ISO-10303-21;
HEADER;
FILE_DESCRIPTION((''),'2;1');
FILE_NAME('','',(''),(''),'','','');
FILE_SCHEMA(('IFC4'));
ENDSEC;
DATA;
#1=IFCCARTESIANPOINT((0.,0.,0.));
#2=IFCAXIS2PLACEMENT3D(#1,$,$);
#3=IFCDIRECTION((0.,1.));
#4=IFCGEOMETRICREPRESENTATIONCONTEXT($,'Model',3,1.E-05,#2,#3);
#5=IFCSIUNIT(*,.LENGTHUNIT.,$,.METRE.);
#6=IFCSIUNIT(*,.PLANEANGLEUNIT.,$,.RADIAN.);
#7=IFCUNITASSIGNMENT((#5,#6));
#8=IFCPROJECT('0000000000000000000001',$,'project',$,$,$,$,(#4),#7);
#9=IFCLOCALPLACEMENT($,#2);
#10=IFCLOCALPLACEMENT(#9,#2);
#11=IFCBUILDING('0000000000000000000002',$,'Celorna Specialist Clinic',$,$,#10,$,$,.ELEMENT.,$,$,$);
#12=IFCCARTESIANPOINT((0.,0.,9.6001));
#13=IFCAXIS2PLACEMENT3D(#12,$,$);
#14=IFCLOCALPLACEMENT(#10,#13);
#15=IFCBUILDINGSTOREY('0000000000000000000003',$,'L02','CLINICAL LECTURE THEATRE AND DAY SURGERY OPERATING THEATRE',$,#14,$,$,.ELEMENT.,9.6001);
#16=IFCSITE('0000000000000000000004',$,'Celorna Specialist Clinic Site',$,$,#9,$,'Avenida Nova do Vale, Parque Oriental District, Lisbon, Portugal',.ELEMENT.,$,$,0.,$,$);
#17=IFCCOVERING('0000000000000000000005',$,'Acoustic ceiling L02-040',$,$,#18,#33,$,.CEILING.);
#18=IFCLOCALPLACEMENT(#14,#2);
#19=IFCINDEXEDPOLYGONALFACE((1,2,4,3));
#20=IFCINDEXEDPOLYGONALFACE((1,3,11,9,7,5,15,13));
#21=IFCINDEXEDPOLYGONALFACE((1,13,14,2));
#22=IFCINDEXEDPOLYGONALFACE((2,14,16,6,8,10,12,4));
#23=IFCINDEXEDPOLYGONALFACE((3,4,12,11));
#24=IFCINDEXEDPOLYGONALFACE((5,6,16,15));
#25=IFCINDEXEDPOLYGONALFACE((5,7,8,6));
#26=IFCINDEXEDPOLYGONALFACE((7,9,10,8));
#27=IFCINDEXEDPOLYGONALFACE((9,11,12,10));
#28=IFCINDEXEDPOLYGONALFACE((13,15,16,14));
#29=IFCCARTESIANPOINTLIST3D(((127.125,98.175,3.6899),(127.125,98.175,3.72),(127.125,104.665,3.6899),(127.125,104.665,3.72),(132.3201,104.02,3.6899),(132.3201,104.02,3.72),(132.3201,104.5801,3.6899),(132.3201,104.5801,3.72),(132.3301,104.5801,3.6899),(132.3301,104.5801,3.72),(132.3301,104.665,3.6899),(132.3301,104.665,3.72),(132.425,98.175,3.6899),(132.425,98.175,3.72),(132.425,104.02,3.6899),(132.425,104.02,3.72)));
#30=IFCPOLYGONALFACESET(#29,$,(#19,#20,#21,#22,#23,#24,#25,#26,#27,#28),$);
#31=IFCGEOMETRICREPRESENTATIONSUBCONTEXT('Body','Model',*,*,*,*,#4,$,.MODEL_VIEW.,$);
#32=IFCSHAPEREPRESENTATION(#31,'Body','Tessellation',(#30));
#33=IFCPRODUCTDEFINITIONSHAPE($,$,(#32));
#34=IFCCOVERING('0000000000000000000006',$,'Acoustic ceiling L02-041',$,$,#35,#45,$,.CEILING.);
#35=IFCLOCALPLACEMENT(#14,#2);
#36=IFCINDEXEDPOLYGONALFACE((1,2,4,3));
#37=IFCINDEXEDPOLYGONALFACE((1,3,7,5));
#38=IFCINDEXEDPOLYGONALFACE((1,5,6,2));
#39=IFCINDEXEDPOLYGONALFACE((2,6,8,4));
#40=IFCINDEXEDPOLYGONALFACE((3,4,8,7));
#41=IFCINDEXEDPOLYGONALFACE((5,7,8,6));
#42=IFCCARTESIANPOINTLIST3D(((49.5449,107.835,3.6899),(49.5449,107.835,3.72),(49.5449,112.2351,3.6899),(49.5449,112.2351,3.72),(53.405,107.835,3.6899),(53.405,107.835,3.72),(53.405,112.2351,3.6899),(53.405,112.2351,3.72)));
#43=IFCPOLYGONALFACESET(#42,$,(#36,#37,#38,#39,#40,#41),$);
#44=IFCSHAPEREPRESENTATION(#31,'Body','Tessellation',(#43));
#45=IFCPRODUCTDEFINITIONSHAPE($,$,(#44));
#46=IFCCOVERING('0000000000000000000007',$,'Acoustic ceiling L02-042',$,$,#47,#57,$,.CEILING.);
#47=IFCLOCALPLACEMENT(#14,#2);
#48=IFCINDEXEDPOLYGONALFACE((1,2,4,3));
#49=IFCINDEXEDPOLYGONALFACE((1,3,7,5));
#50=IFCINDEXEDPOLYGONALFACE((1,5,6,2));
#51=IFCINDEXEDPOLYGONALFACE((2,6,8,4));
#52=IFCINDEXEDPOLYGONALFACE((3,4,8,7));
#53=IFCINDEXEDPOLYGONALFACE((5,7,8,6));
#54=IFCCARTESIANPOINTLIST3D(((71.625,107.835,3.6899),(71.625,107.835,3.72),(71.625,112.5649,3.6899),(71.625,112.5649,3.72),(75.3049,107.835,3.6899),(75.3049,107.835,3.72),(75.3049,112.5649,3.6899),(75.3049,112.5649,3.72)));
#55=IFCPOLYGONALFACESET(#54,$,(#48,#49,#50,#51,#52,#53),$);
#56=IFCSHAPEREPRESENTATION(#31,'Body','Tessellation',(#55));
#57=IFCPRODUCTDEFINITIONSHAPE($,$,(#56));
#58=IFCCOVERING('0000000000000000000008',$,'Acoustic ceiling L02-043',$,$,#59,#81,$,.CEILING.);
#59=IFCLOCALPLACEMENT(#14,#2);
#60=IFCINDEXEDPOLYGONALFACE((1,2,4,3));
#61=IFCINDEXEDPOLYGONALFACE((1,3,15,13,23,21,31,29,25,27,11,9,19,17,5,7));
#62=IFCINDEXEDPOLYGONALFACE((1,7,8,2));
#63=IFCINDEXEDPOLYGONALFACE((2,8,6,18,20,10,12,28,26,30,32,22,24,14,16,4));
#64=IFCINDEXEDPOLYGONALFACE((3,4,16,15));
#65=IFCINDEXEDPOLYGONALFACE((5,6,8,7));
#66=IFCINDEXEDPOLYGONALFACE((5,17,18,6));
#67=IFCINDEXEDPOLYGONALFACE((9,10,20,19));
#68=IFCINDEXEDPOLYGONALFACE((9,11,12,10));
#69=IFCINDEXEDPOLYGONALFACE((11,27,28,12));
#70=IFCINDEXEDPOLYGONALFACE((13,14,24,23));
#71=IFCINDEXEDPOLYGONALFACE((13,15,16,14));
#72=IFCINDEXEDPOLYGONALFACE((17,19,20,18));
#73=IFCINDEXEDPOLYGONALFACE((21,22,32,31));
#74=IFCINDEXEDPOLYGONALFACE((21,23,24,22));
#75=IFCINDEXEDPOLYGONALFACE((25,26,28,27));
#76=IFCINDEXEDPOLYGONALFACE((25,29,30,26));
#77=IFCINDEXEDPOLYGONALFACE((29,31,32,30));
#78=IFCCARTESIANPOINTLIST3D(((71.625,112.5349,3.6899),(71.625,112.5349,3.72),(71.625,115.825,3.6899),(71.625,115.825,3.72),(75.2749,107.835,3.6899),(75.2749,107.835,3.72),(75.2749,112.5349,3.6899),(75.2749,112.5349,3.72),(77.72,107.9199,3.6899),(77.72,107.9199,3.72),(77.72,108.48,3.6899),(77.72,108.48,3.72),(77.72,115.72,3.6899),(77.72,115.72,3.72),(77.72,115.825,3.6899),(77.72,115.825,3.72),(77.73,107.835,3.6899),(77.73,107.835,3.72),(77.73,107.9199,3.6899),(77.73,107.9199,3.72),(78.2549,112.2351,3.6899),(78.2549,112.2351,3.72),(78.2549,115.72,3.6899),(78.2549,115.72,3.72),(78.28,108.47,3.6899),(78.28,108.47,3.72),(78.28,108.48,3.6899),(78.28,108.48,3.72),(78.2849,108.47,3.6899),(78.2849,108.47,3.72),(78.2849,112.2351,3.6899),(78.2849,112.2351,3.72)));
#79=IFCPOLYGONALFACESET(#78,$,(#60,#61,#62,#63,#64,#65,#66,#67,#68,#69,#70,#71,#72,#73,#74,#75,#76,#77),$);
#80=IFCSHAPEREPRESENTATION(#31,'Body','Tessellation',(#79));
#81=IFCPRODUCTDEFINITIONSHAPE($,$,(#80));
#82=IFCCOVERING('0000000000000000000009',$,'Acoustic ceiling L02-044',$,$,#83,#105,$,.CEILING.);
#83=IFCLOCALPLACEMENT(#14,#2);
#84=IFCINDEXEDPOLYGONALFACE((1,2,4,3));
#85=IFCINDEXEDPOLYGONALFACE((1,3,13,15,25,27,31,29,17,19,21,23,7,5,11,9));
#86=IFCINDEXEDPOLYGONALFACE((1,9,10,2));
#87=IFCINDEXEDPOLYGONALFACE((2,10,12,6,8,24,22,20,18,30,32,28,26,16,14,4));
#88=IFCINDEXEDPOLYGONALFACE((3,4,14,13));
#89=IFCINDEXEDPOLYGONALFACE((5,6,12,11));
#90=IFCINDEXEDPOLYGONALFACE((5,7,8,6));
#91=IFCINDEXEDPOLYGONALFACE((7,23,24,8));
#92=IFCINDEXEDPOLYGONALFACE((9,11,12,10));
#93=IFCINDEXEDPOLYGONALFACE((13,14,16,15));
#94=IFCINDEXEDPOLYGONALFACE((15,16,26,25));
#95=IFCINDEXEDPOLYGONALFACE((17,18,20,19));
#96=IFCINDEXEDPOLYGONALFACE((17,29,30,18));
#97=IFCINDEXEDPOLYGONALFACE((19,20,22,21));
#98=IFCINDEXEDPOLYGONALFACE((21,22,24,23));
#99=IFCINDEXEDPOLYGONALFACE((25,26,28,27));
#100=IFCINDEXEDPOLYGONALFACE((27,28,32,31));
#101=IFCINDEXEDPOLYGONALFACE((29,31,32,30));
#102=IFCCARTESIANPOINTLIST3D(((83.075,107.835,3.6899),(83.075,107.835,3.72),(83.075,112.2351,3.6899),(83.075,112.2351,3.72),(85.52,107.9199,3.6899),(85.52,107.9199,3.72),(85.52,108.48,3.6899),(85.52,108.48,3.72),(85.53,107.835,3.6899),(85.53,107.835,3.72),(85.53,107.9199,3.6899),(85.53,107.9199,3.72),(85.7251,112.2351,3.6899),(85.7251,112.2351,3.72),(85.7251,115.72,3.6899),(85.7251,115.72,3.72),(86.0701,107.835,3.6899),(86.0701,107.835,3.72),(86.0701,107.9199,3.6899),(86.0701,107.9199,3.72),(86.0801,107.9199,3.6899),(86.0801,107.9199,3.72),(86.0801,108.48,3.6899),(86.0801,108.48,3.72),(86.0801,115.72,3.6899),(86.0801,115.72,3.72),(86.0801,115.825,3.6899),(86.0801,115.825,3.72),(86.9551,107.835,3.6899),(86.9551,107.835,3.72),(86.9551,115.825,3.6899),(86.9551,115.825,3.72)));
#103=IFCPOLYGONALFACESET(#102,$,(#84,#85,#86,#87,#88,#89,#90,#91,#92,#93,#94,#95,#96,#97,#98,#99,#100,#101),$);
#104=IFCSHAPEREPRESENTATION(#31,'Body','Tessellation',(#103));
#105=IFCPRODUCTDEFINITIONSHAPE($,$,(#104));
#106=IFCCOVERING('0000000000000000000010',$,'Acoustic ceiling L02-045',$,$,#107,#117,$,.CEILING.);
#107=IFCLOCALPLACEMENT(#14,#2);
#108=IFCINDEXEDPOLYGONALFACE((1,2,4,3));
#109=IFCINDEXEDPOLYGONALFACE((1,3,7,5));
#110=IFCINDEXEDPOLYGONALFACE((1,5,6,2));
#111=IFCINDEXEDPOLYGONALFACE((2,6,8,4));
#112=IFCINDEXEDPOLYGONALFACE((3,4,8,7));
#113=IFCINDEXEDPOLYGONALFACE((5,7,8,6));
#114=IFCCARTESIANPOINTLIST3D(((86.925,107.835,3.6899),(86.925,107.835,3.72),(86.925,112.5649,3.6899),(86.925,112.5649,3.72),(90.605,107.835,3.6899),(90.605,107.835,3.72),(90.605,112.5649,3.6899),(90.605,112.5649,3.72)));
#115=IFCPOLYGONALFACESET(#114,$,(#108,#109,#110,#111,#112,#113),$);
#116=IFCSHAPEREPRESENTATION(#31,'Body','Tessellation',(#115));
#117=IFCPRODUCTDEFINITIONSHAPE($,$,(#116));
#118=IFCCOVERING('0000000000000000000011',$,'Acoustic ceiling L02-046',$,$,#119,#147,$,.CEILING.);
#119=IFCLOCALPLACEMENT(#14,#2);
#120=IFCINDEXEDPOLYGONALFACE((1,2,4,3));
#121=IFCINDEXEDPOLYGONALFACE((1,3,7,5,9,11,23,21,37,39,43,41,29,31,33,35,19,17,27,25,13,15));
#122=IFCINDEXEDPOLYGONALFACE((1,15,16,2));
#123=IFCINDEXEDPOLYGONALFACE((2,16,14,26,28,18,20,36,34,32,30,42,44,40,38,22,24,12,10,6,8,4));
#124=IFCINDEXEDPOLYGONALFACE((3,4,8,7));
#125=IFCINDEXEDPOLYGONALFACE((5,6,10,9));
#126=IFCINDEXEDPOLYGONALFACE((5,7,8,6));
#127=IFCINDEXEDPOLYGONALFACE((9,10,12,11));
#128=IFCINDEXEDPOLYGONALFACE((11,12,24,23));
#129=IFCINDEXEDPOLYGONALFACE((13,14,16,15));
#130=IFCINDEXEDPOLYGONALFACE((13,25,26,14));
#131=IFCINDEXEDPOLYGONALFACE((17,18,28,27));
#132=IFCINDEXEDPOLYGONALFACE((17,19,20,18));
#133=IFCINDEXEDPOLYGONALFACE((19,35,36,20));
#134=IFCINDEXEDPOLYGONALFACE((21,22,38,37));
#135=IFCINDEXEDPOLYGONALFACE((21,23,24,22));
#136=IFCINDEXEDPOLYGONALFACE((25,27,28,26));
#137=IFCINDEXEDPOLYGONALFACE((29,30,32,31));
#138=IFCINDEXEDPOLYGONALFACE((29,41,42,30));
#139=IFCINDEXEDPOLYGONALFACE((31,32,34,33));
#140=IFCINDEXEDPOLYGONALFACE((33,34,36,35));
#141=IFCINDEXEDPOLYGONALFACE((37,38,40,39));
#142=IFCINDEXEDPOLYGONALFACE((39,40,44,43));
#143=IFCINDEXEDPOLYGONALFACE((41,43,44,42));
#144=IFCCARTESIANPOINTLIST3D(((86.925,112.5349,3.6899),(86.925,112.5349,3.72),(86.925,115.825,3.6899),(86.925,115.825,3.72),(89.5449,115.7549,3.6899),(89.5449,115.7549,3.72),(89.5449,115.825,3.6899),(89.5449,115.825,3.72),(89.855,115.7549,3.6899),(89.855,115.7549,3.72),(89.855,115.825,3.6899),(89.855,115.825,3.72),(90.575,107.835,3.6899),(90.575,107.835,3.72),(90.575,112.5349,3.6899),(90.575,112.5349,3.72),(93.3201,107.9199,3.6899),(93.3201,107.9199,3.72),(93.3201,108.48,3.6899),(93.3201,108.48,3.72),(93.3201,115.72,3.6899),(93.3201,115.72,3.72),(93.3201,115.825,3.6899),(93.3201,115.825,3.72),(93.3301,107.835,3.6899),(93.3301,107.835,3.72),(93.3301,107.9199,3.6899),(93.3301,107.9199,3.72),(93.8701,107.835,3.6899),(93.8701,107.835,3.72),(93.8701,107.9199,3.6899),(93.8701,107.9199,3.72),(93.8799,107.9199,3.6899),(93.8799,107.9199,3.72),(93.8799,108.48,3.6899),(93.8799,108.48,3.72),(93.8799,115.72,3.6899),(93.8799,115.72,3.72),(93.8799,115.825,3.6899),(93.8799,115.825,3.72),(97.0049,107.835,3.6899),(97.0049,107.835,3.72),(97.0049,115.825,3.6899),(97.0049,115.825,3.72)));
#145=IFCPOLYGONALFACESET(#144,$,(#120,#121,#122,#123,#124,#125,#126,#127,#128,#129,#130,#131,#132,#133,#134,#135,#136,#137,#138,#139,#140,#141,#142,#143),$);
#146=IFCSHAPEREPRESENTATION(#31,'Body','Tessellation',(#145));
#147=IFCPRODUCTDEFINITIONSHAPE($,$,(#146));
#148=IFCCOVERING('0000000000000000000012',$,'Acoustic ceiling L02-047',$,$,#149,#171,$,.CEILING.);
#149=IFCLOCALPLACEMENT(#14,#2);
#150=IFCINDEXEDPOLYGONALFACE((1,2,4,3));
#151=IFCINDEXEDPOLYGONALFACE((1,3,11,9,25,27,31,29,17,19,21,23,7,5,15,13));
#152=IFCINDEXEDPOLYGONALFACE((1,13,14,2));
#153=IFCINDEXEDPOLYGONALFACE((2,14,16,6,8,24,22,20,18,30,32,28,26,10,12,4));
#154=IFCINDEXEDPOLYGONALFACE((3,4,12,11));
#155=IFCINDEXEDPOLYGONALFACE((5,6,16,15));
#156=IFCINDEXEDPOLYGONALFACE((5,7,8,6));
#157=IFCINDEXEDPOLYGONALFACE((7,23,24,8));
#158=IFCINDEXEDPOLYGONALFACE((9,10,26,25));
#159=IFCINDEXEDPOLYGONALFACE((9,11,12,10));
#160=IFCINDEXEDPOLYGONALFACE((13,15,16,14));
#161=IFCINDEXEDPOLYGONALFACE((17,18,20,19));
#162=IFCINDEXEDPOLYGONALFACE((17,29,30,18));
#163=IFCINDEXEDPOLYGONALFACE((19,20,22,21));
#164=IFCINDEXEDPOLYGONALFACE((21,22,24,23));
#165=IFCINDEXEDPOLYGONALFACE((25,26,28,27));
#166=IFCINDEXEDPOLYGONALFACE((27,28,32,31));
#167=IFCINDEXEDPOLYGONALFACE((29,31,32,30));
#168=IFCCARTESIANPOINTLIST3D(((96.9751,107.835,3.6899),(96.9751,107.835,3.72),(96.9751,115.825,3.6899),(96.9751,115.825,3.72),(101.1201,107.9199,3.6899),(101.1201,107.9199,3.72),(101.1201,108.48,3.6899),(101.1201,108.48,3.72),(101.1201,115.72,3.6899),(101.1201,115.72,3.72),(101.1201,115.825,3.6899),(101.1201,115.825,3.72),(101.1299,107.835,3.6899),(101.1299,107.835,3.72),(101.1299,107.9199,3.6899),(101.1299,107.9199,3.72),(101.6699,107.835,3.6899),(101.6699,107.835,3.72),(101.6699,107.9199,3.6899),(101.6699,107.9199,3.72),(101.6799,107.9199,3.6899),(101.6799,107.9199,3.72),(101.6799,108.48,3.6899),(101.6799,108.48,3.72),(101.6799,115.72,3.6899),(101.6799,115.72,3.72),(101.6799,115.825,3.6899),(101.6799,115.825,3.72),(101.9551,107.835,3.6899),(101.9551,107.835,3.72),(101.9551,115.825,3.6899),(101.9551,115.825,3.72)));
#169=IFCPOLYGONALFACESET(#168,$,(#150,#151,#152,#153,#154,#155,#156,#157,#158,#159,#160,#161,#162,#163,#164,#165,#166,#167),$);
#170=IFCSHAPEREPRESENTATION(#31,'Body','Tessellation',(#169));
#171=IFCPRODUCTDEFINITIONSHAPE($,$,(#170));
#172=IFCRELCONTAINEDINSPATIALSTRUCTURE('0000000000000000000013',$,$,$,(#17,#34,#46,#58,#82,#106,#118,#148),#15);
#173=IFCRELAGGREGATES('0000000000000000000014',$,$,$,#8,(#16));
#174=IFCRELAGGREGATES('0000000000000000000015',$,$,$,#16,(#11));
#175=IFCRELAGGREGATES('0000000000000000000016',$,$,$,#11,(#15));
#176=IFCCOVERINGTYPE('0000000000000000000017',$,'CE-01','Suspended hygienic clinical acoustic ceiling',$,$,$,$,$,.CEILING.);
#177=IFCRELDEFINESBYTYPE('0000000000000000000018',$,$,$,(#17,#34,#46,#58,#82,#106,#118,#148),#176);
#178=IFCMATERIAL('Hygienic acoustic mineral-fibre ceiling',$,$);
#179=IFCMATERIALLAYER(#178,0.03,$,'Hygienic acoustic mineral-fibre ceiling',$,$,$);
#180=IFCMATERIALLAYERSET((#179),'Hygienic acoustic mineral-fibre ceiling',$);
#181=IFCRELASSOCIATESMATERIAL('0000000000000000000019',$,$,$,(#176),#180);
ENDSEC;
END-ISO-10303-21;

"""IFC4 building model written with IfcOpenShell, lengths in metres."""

from ifc_helpers import new_model, si_unit, direction, frame, origin, place, context, subcontext, project, spatial, polyline, outline, extrude, material, layer, layer_set, type_object, element, save


model = new_model("IFC4")

# Units and contexts
model_context = context("Model", 3, precision=1e-05, world=origin(), true_north=direction((0.0, 1.0)))
body_context = subcontext(model_context, "Body", "Model", "MODEL_VIEW")
ifc_project = project(units=[si_unit("LENGTHUNIT", "METRE"), si_unit("PLANEANGLEUNIT", "RADIAN")], contexts=[model_context])

# Site, building, storey
site_placement = place(None, origin())
site = spatial("IfcSite", under=ifc_project, at=site_placement, Name="Celorna Specialist Clinic Site", LongName="Avenida Nova do Vale, Parque Oriental District, Lisbon, Portugal", CompositionType="ELEMENT", RefElevation=0.0)
building_placement = place(site_placement, origin())
building = spatial("IfcBuilding", under=site, at=building_placement, Name="Celorna Specialist Clinic", CompositionType="ELEMENT")
storey_placement = place(building_placement, frame((0.0, 0.0, 9.6001)))
storey = spatial("IfcBuildingStorey", under=building, at=storey_placement, Name="L02", Description="CLINICAL LECTURE THEATRE AND DAY SURGERY OPERATING THEATRE", CompositionType="ELEMENT", Elevation=9.6001)

# Coverings
ifc_material_1 = material(Name="Hygienic acoustic mineral-fibre ceiling")
ifc_layer_1 = layer(ifc_material_1, 0.03, Name="Hygienic acoustic mineral-fibre ceiling")
ifc_layer_set_1 = layer_set([ifc_layer_1], Name="Hygienic acoustic mineral-fibre ceiling")
covering_type_1 = type_object("IfcCoveringType", Name="CE-01", Description="Suspended hygienic clinical acoustic ceiling", PredefinedType="CEILING", material=ifc_layer_set_1)
covering_1_placement = place(storey_placement, frame((0.0, 0.0, 3.6899)))
element("IfcCovering", 1, at=covering_1_placement, inside=storey, type_object=covering_type_1, Name="Acoustic ceiling L02-040", PredefinedType="CEILING", context=body_context, shape_type="SweptSolid", body=[
    extrude(outline(polyline([(132.3301, 104.665), (132.3301, 104.5801), (132.3201, 104.5801), (132.3201, 104.02), (132.425, 104.02), (132.425, 98.175), (127.125, 98.175), (127.125, 104.665), (132.3301, 104.665)])), origin(), (0.0, 0.0, 1.0), 0.03),
])
covering_2_placement = place(storey_placement, frame((0.0, 0.0, 3.6899)))
element("IfcCovering", 2, at=covering_2_placement, inside=storey, type_object=covering_type_1, Name="Acoustic ceiling L02-041", PredefinedType="CEILING", context=body_context, shape_type="SweptSolid", body=[
    extrude(outline(polyline([(49.5449, 112.2351), (53.405, 112.2351), (53.405, 107.835), (49.5449, 107.835), (49.5449, 112.2351)])), origin(), (0.0, 0.0, 1.0), 0.03),
])
covering_3_placement = place(storey_placement, frame((0.0, 0.0, 3.6899)))
element("IfcCovering", 3, at=covering_3_placement, inside=storey, type_object=covering_type_1, Name="Acoustic ceiling L02-042", PredefinedType="CEILING", context=body_context, shape_type="SweptSolid", body=[
    extrude(outline(polyline([(75.3049, 112.5649), (75.3049, 107.835), (71.625, 107.835), (71.625, 112.5649), (75.3049, 112.5649)])), origin(), (0.0, 0.0, 1.0), 0.03),
])
covering_4_placement = place(storey_placement, frame((0.0, 0.0, 3.6899)))
element("IfcCovering", 4, at=covering_4_placement, inside=storey, type_object=covering_type_1, Name="Acoustic ceiling L02-043", PredefinedType="CEILING", context=body_context, shape_type="SweptSolid", body=[
    extrude(outline(polyline([(71.625, 112.5349), (71.625, 115.825), (77.72, 115.825), (77.72, 115.72), (78.2549, 115.72), (78.2549, 112.2351), (78.2849, 112.2351), (78.2849, 108.47), (78.28, 108.47), (78.28, 108.48), (77.72, 108.48), (77.72, 107.9199), (77.73, 107.9199), (77.73, 107.835), (75.2749, 107.835), (75.2749, 112.5349), (71.625, 112.5349)])), origin(), (0.0, 0.0, 1.0), 0.03),
])
covering_5_placement = place(storey_placement, frame((0.0, 0.0, 3.6899)))
element("IfcCovering", 5, at=covering_5_placement, inside=storey, type_object=covering_type_1, Name="Acoustic ceiling L02-044", PredefinedType="CEILING", context=body_context, shape_type="SweptSolid", body=[
    extrude(outline(polyline([(83.075, 107.835), (83.075, 112.2351), (85.7251, 112.2351), (85.7251, 115.72), (86.0801, 115.72), (86.0801, 115.825), (86.9551, 115.825), (86.9551, 107.835), (86.0701, 107.835), (86.0701, 107.9199), (86.0801, 107.9199), (86.0801, 108.48), (85.52, 108.48), (85.52, 107.9199), (85.53, 107.9199), (85.53, 107.835), (83.075, 107.835)])), origin(), (0.0, 0.0, 1.0), 0.03),
])
covering_6_placement = place(storey_placement, frame((0.0, 0.0, 3.6899)))
element("IfcCovering", 6, at=covering_6_placement, inside=storey, type_object=covering_type_1, Name="Acoustic ceiling L02-045", PredefinedType="CEILING", context=body_context, shape_type="SweptSolid", body=[
    extrude(outline(polyline([(90.605, 112.5649), (90.605, 107.835), (86.925, 107.835), (86.925, 112.5649), (90.605, 112.5649)])), origin(), (0.0, 0.0, 1.0), 0.03),
])
covering_7_placement = place(storey_placement, frame((0.0, 0.0, 3.6899)))
element("IfcCovering", 7, at=covering_7_placement, inside=storey, type_object=covering_type_1, Name="Acoustic ceiling L02-046", PredefinedType="CEILING", context=body_context, shape_type="SweptSolid", body=[
    extrude(outline(polyline([(93.3201, 115.825), (93.3201, 115.72), (93.8799, 115.72), (93.8799, 115.825), (97.0049, 115.825), (97.0049, 107.835), (93.8701, 107.835), (93.8701, 107.9199), (93.8799, 107.9199), (93.8799, 108.48), (93.3201, 108.48), (93.3201, 107.9199), (93.3301, 107.9199), (93.3301, 107.835), (90.575, 107.835), (90.575, 112.5349), (86.925, 112.5349), (86.925, 115.825), (89.5449, 115.825), (89.5449, 115.7549), (89.855, 115.7549), (89.855, 115.825), (93.3201, 115.825)])), origin(), (0.0, 0.0, 1.0), 0.03),
])
covering_8_placement = place(storey_placement, frame((0.0, 0.0, 3.6899)))
element("IfcCovering", 8, at=covering_8_placement, inside=storey, type_object=covering_type_1, Name="Acoustic ceiling L02-047", PredefinedType="CEILING", context=body_context, shape_type="SweptSolid", body=[
    extrude(outline(polyline([(101.1201, 115.825), (101.1201, 115.72), (101.6799, 115.72), (101.6799, 115.825), (101.9551, 115.825), (101.9551, 107.835), (101.6699, 107.835), (101.6699, 107.9199), (101.6799, 107.9199), (101.6799, 108.48), (101.1201, 108.48), (101.1201, 107.9199), (101.1299, 107.9199), (101.1299, 107.835), (96.9751, 107.835), (96.9751, 115.825), (101.1201, 115.825)])), origin(), (0.0, 0.0, 1.0), 0.03),
])

save(model, "model.ifc")
